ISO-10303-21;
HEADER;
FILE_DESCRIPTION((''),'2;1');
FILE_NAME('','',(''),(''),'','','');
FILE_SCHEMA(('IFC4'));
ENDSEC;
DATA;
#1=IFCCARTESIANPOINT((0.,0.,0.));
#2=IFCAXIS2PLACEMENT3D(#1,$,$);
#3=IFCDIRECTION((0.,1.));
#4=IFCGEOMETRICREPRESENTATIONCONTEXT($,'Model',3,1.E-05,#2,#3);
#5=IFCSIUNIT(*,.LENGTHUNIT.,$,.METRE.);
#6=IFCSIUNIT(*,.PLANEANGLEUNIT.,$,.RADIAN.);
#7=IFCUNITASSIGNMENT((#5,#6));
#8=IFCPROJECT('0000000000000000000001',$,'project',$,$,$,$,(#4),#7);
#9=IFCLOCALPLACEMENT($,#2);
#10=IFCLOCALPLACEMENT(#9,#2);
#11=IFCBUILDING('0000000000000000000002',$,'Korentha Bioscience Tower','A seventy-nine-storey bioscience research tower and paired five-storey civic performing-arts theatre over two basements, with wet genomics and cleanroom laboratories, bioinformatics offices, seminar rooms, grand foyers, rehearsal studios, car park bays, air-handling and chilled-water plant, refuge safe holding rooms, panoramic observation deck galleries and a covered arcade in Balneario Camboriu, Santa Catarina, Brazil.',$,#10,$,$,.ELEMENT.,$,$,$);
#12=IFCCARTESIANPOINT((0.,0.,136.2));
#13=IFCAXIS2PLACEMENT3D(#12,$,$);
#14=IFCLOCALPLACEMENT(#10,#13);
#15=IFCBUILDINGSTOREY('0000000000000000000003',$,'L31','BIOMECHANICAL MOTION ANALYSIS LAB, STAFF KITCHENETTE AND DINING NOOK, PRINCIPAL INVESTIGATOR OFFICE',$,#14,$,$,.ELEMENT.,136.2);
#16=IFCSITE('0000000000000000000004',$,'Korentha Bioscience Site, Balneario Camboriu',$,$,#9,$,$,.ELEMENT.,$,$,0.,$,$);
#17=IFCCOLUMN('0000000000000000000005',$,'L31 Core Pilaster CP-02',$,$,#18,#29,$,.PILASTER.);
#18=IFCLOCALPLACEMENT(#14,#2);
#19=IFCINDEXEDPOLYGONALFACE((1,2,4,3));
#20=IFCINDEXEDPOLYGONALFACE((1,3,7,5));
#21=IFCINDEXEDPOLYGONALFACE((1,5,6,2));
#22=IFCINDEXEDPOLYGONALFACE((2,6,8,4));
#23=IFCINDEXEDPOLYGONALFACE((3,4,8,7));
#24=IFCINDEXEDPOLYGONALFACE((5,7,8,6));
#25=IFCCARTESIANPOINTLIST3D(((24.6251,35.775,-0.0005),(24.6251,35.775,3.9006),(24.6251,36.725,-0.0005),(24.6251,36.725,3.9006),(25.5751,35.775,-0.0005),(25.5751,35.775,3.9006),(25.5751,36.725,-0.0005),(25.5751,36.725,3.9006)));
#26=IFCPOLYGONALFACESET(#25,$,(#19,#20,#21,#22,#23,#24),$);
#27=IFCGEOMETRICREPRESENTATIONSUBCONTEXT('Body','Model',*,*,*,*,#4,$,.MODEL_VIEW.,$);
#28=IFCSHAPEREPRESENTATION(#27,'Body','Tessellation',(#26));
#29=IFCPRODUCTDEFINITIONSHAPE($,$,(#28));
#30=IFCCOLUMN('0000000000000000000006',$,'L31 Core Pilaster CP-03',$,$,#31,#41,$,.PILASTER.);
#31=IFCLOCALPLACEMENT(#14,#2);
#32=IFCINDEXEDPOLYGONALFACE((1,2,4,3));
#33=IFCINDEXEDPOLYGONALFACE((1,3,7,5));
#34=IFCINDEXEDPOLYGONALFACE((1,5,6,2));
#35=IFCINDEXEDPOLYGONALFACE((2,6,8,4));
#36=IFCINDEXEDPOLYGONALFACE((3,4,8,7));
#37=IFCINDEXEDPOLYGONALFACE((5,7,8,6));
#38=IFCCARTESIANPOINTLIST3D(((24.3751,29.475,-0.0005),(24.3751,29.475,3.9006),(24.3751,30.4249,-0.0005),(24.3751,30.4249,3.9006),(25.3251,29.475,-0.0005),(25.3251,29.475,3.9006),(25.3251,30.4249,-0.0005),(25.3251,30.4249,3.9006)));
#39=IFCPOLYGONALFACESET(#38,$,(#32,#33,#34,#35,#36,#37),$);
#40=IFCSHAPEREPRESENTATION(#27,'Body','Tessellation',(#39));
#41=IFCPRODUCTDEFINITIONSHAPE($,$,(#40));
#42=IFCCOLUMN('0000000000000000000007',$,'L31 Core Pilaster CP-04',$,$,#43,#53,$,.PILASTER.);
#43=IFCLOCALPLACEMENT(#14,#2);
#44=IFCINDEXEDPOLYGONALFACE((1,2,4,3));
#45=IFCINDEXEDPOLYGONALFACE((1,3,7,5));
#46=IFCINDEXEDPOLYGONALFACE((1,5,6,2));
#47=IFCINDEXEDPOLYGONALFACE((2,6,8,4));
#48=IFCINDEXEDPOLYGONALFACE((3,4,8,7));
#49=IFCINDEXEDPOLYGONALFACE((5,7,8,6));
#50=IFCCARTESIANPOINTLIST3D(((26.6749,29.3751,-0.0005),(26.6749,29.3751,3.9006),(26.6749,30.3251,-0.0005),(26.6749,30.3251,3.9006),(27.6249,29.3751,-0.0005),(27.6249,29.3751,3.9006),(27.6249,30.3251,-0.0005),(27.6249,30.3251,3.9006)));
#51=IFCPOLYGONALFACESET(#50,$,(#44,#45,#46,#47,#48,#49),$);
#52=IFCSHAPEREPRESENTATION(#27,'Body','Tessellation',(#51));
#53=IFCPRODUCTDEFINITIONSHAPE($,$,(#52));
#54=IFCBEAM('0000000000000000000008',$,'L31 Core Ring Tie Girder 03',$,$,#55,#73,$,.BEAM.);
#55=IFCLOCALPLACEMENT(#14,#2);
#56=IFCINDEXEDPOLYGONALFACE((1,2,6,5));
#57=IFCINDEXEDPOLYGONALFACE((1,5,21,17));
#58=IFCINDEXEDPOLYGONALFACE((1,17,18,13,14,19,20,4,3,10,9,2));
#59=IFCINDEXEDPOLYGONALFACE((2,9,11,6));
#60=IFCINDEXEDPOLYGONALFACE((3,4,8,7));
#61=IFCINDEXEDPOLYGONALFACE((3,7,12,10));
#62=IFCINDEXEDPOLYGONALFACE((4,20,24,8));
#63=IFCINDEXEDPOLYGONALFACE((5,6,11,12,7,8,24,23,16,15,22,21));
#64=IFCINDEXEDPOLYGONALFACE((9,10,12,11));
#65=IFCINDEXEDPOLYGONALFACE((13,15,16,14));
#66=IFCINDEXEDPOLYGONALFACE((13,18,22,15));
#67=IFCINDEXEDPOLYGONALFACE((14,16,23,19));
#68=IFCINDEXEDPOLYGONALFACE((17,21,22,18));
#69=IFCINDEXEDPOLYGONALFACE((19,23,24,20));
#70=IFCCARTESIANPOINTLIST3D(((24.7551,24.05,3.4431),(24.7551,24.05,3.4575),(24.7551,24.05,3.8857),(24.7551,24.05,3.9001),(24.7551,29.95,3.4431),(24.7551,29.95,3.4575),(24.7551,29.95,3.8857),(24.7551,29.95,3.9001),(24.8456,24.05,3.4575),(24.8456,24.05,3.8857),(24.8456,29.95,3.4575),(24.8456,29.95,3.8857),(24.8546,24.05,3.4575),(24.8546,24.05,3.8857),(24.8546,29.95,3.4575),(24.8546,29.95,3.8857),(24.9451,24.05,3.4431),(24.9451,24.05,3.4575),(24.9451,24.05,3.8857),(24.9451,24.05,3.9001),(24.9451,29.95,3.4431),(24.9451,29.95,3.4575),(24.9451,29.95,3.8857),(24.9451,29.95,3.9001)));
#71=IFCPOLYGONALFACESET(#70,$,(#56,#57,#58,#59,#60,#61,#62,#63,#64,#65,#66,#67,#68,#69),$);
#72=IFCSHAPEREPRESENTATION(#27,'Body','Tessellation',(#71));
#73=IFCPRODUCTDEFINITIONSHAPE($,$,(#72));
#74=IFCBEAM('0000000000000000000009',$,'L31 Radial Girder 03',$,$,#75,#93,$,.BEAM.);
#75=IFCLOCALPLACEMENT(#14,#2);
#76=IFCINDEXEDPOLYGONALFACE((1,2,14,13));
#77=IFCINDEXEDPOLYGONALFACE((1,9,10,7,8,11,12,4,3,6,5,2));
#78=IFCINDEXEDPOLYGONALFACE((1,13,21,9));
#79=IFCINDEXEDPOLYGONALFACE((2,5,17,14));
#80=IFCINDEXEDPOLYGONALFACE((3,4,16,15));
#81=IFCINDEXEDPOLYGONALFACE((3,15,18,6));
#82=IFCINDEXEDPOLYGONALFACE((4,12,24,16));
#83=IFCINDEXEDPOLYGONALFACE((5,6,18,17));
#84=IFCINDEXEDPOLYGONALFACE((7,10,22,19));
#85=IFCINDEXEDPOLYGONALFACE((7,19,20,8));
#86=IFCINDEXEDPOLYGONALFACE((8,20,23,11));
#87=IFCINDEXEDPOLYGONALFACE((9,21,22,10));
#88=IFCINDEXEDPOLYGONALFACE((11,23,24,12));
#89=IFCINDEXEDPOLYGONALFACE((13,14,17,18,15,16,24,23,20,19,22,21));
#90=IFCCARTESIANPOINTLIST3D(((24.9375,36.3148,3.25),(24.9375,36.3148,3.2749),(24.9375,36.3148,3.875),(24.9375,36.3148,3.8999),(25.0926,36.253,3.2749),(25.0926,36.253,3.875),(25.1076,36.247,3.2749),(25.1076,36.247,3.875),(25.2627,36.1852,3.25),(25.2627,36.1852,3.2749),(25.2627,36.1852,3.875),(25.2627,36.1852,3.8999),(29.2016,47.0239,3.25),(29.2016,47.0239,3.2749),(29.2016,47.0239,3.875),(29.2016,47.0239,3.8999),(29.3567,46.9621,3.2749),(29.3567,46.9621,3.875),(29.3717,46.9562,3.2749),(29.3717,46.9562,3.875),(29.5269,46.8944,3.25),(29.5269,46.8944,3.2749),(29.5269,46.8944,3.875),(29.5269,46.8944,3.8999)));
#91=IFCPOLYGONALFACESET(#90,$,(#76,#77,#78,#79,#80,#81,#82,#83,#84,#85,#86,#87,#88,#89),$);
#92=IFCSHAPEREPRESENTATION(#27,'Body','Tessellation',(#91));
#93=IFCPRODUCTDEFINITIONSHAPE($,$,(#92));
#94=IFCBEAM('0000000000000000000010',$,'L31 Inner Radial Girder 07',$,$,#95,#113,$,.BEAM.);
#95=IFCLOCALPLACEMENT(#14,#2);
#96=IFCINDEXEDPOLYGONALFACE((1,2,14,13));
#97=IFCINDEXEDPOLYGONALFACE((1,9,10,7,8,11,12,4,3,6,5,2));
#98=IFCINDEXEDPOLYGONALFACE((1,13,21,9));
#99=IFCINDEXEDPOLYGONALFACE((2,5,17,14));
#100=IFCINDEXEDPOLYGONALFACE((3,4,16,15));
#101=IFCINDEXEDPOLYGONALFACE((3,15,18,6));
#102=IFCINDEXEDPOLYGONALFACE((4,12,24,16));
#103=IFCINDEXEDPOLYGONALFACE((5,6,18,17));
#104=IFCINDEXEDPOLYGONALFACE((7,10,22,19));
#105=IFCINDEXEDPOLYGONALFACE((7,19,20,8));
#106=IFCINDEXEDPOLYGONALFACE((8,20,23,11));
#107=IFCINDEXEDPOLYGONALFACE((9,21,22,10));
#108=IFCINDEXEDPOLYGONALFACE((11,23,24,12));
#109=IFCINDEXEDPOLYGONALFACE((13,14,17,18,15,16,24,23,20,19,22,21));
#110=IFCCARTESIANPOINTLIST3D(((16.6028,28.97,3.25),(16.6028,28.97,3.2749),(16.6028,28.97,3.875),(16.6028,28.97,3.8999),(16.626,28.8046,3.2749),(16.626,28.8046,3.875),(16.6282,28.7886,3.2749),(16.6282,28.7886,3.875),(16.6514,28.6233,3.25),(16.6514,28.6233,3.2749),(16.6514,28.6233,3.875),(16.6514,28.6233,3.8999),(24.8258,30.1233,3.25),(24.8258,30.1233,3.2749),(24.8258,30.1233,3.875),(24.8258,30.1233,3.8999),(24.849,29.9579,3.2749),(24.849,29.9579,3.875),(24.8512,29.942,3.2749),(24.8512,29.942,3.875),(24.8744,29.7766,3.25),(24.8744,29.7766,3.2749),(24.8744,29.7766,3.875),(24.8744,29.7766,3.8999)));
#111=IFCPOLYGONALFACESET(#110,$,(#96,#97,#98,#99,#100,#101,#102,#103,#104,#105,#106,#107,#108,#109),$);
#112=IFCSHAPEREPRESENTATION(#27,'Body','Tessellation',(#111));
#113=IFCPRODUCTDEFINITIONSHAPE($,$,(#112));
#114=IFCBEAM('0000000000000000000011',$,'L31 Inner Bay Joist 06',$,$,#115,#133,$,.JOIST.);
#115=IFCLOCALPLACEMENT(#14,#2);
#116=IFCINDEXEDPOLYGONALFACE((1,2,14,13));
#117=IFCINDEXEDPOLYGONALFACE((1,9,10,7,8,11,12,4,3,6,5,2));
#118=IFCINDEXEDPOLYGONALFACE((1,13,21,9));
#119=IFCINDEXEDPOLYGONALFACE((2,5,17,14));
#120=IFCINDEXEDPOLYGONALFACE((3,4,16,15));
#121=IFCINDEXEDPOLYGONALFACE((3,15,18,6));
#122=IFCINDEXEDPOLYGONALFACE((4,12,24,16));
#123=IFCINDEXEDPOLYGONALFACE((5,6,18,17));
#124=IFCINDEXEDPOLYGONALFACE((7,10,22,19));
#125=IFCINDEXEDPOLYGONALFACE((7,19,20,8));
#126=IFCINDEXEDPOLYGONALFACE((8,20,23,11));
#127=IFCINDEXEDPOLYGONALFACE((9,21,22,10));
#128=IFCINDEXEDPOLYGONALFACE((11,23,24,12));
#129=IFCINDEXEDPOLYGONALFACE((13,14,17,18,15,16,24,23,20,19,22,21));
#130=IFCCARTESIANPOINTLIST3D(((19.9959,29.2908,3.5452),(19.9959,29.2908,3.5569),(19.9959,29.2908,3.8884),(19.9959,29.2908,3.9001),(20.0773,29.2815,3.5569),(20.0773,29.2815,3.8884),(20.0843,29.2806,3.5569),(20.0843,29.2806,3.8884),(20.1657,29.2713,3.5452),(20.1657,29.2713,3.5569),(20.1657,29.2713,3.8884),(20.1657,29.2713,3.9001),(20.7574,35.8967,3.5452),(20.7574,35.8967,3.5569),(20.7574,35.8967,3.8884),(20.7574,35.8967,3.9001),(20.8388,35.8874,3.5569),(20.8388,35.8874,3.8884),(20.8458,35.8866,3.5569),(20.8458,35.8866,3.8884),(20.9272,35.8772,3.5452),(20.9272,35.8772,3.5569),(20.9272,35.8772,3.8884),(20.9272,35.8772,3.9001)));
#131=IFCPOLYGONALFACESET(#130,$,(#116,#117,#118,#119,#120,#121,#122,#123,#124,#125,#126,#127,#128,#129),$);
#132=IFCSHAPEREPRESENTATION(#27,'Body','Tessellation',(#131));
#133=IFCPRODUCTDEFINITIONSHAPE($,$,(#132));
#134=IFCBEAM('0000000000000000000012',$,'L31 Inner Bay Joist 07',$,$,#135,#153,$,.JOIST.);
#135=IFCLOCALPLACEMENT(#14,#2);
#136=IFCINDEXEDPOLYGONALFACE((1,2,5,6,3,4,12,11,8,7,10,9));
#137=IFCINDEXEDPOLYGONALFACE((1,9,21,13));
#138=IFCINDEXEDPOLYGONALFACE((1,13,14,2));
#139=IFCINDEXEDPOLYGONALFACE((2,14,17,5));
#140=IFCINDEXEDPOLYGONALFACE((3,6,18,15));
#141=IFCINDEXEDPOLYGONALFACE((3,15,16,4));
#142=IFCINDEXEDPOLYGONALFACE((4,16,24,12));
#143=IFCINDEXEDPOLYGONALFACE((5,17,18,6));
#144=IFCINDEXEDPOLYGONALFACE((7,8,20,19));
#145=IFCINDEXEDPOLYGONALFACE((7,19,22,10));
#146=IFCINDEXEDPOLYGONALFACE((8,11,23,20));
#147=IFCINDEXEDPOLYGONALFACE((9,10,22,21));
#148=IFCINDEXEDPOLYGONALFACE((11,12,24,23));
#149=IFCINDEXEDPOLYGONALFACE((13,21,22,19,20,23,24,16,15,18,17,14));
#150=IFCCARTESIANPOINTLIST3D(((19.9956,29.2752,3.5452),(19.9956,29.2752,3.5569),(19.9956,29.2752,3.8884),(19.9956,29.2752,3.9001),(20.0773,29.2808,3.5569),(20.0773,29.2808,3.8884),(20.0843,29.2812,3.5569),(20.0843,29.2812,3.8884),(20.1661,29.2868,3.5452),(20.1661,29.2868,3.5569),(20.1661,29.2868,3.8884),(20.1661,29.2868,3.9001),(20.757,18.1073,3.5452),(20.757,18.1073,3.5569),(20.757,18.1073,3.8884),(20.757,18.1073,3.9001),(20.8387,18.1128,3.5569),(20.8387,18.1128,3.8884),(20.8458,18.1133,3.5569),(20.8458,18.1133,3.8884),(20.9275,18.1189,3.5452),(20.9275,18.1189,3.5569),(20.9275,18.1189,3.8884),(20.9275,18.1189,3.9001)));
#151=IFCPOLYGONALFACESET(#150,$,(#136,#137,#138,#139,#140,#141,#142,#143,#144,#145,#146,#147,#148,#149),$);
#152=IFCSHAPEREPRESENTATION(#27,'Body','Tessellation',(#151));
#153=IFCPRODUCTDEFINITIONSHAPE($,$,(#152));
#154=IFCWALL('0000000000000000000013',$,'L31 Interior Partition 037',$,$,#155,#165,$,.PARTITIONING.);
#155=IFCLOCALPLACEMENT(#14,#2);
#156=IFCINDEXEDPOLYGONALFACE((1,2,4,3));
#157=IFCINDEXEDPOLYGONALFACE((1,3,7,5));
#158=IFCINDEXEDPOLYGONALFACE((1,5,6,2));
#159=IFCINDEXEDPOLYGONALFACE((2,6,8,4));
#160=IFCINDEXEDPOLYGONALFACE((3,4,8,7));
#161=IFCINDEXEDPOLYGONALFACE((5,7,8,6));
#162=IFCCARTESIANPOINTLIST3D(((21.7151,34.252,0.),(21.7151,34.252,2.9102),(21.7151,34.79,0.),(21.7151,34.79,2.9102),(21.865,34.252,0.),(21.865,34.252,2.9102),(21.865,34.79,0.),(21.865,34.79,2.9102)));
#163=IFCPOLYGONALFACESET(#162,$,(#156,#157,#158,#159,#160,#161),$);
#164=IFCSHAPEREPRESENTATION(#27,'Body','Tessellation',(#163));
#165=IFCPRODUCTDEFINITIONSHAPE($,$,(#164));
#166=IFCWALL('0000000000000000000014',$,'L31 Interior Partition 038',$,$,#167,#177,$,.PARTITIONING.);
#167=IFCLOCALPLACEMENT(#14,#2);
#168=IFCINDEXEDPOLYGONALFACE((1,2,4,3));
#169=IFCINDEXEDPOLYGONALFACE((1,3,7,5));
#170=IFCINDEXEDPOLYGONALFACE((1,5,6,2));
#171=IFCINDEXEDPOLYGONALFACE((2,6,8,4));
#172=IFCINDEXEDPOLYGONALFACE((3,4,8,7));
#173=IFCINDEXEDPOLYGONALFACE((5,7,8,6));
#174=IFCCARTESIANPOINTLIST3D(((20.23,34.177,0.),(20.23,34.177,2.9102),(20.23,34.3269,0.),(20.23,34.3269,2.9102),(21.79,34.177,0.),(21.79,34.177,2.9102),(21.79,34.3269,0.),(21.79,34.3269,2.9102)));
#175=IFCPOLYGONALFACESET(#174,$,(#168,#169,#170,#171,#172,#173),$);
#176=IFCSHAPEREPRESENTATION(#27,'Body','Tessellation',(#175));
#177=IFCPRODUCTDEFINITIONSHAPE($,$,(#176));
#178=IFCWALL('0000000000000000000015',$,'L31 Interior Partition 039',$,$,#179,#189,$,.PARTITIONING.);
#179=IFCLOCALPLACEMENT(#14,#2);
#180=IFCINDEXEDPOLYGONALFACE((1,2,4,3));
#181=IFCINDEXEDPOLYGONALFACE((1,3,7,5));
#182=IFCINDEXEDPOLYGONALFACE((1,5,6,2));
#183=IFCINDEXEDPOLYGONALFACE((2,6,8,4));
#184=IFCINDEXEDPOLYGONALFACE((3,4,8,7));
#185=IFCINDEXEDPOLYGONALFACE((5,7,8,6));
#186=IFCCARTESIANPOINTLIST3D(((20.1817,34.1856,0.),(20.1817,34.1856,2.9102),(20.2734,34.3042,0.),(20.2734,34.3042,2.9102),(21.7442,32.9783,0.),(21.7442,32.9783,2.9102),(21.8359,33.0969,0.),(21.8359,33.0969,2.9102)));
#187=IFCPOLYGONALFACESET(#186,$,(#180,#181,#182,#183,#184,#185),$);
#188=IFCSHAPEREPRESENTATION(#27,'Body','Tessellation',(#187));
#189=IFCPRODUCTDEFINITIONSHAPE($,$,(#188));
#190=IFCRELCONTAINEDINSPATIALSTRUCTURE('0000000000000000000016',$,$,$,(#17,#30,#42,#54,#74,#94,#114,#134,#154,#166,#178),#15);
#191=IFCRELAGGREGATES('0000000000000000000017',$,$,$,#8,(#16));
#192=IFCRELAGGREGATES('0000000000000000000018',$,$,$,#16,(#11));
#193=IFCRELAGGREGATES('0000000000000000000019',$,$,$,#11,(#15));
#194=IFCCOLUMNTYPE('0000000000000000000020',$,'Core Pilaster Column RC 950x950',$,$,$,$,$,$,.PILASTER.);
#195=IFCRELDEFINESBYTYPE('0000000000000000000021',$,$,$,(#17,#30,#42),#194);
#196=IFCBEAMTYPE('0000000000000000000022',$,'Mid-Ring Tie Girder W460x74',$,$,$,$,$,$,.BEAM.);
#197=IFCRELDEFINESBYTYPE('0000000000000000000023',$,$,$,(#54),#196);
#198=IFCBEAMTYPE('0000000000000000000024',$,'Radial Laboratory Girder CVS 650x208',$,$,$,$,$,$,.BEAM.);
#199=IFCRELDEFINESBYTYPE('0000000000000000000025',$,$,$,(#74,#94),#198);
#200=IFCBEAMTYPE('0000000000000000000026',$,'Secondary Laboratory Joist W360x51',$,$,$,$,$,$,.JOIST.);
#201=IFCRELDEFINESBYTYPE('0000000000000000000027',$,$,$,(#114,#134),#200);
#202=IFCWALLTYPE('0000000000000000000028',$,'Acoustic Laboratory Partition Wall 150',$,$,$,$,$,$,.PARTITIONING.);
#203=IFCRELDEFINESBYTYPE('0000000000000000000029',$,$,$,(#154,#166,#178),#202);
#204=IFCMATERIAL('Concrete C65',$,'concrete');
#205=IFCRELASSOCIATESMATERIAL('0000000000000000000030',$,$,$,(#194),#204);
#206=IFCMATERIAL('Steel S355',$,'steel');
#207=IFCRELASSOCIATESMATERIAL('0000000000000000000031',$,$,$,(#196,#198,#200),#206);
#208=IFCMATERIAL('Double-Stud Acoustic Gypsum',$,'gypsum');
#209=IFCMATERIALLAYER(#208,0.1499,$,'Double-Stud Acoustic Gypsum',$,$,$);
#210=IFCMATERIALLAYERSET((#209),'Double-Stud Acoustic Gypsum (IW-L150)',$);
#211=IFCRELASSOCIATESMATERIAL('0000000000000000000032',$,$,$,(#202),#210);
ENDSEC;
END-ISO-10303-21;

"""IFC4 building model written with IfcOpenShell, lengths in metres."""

from ifc_helpers import new_model, si_unit, direction, frame, frame_2d, origin, origin_2d, place, context, subcontext, project, spatial, rectangle, i_section, extrude, material, layer, layer_set, material_profile, profile_set, type_object, element, save


model = new_model("IFC4")

# Units and contexts
model_context = context("Model", 3, precision=1e-05, world=origin(), true_north=direction((0.0, 1.0)))
body_context = subcontext(model_context, "Body", "Model", "MODEL_VIEW")
ifc_project = project(units=[si_unit("LENGTHUNIT", "METRE"), si_unit("PLANEANGLEUNIT", "RADIAN")], contexts=[model_context])

# Site, building, storey
site_placement = place(None, origin())
site = spatial("IfcSite", under=ifc_project, at=site_placement, Name="Korentha Bioscience Site, Balneario Camboriu", CompositionType="ELEMENT", RefElevation=0.0)
building_placement = place(site_placement, origin())
building = spatial("IfcBuilding", under=site, at=building_placement, Name="Korentha Bioscience Tower", Description="A seventy-nine-storey bioscience research tower and paired five-storey civic performing-arts theatre over two basements, with wet genomics and cleanroom laboratories, bioinformatics offices, seminar rooms, grand foyers, rehearsal studios, car park bays, air-handling and chilled-water plant, refuge safe holding rooms, panoramic observation deck galleries and a covered arcade in Balneario Camboriu, Santa Catarina, Brazil.", CompositionType="ELEMENT")
storey_placement = place(building_placement, frame((0.0, 0.0, 136.2)))
storey = spatial("IfcBuildingStorey", under=building, at=storey_placement, Name="L31", Description="BIOMECHANICAL MOTION ANALYSIS LAB, STAFF KITCHENETTE AND DINING NOOK, PRINCIPAL INVESTIGATOR OFFICE", CompositionType="ELEMENT", Elevation=136.2)

# Columns
ifc_material_1 = material(Name="Concrete C65", Category="concrete")
ifc_material_profile_1 = material_profile(ifc_material_1, rectangle(XDim=0.95, YDim=0.95, at=origin_2d()), Name="Concrete C65")
ifc_profile_set_1 = profile_set([ifc_material_profile_1], Name="Concrete C65 (COL-CP09)")
column_type = type_object("IfcColumnType", Name="Core Pilaster Column RC 950x950", PredefinedType="PILASTER", material=ifc_profile_set_1)
for number, where, z_axis, x_axis, name in (
    (1, (25.1001, 36.25, -0.0005), (0.0, 0.0, 1.0), (1.0, 0.0, 0.0), "L31 Core Pilaster CP-02"),
    (2, (24.8501, 29.95, -0.0005), (0.0, 0.0, 1.0), (1.0, 0.0, 0.0), "L31 Core Pilaster CP-03"),
    (3, (27.1499, 29.8501, -0.0005), (0.0, 0.0, 1.0), (1.0, 0.0, 0.0), "L31 Core Pilaster CP-04"),
):
    element("IfcColumn", number, at=place(storey_placement, frame(where, z_axis=z_axis, x_axis=x_axis)), inside=storey, type_object=column_type, Name=name, PredefinedType="PILASTER", context=body_context, shape_type="SweptSolid", body=[
        extrude(rectangle(XDim=0.95, YDim=0.95, at=origin_2d()), origin(), (0.0, 0.0, 1.0), 3.9011),
    ])

# Beams
ifc_material_2 = material(Name="Steel S355", Category="steel")
ifc_material_profile_2 = material_profile(ifc_material_2, i_section(OverallWidth=0.1899, OverallDepth=0.457, WebThickness=0.009, FlangeThickness=0.0144, at=origin_2d()), Name="Steel S355")
ifc_profile_set_2 = profile_set([ifc_material_profile_2], Name="Steel S355 (MB-460)")
beam_type_1 = type_object("IfcBeamType", Name="Mid-Ring Tie Girder W460x74", PredefinedType="BEAM", material=ifc_profile_set_2)
beam_1_placement = place(storey_placement, frame((24.8501, 29.95, 3.6716), z_axis=(0.0, -1.0, 0.0), x_axis=(1.0, 0.0, 0.0)))
element("IfcBeam", 4, at=beam_1_placement, inside=storey, type_object=beam_type_1, Name="L31 Core Ring Tie Girder 03", PredefinedType="BEAM", context=body_context, shape_type="SweptSolid", body=[
    extrude(i_section(OverallWidth=0.1899, OverallDepth=0.457, WebThickness=0.009, FlangeThickness=0.0144, at=origin_2d()), origin(), (0.0, 0.0, 1.0), 5.8999),
])
ifc_material_profile_3 = material_profile(ifc_material_2, i_section(OverallWidth=0.3501, OverallDepth=0.6499, WebThickness=0.0161, FlangeThickness=0.0249, at=origin_2d()), Name="Steel S355")
ifc_profile_set_3 = profile_set([ifc_material_profile_3], Name="Steel S355 (RB-650)")
beam_type_2 = type_object("IfcBeamType", Name="Radial Laboratory Girder CVS 650x208", PredefinedType="BEAM", material=ifc_profile_set_3)
beam_2_placement = place(storey_placement, frame((25.1001, 36.25, 3.575), z_axis=(0.36993, 0.92906, 0.0), x_axis=(-0.92906, 0.36993, 0.0)))
element("IfcBeam", 5, at=beam_2_placement, inside=storey, type_object=beam_type_2, Name="L31 Radial Girder 03", PredefinedType="BEAM", context=body_context, shape_type="SweptSolid", body=[
    extrude(i_section(OverallWidth=0.3501, OverallDepth=0.6499, WebThickness=0.0161, FlangeThickness=0.0249, at=origin_2d()), origin(), (0.0, 0.0, 1.0), 11.5269),
])
beam_3_placement = place(storey_placement, frame((24.8501, 29.95, 3.575), z_axis=(-0.990307, -0.138898, 0.0), x_axis=(0.138898, -0.990307, 0.0)))
element("IfcBeam", 6, at=beam_3_placement, inside=storey, type_object=beam_type_2, Name="L31 Inner Radial Girder 07", PredefinedType="BEAM", context=body_context, shape_type="SweptSolid", body=[
    extrude(i_section(OverallWidth=0.3501, OverallDepth=0.6499, WebThickness=0.0161, FlangeThickness=0.0249, at=origin_2d()), origin(), (0.0, 0.0, 1.0), 8.3035),
])
ifc_material_profile_4 = material_profile(ifc_material_2, i_section(OverallWidth=0.1709, OverallDepth=0.355, WebThickness=0.0071, FlangeThickness=0.0117, at=origin_2d()), Name="Steel S355")
ifc_profile_set_4 = profile_set([ifc_material_profile_4], Name="Steel S355 (JB-360)")
beam_type_3 = type_object("IfcBeamType", Name="Secondary Laboratory Joist W360x51", PredefinedType="JOIST", material=ifc_profile_set_4)
beam_4_placement = place(storey_placement, frame((20.8423, 35.887, 3.7227), z_axis=(-0.114513, -0.993422, 0.0), x_axis=(0.993422, -0.114513, 0.0)))
element("IfcBeam", 7, at=beam_4_placement, inside=storey, type_object=beam_type_3, Name="L31 Inner Bay Joist 06", PredefinedType="JOIST", context=body_context, shape_type="SweptSolid", body=[
    extrude(i_section(OverallWidth=0.1709, OverallDepth=0.355, WebThickness=0.0071, FlangeThickness=0.0117, at=origin_2d()), origin(), (0.0, 0.0, 1.0), 6.6497),
])
beam_5_placement = place(storey_placement, frame((20.0808, 29.281, 3.7227), z_axis=(0.068026, -0.997684, 0.0), x_axis=(0.997684, 0.068026, 0.0)))
element("IfcBeam", 8, at=beam_5_placement, inside=storey, type_object=beam_type_3, Name="L31 Inner Bay Joist 07", PredefinedType="JOIST", context=body_context, shape_type="SweptSolid", body=[
    extrude(i_section(OverallWidth=0.1709, OverallDepth=0.355, WebThickness=0.0071, FlangeThickness=0.0117, at=origin_2d()), origin(), (0.0, 0.0, 1.0), 11.1938),
])

# Walls
ifc_material_3 = material(Name="Double-Stud Acoustic Gypsum", Category="gypsum")
ifc_layer_1 = layer(ifc_material_3, 0.1499, Name="Double-Stud Acoustic Gypsum")
ifc_layer_set_1 = layer_set([ifc_layer_1], Name="Double-Stud Acoustic Gypsum (IW-L150)")
wall_type_1 = type_object("IfcWallType", Name="Acoustic Laboratory Partition Wall 150", PredefinedType="PARTITIONING", material=ifc_layer_set_1)
wall_1_placement = place(storey_placement, frame((21.79, 34.79, 0.0), z_axis=(0.0, 0.0, 1.0), x_axis=(0.0, -1.0, 0.0)))
element("IfcWall", 9, at=wall_1_placement, inside=storey, type_object=wall_type_1, Name="L31 Interior Partition 037", PredefinedType="PARTITIONING", context=body_context, shape_type="SweptSolid", body=[
    extrude(rectangle(XDim=0.5381, YDim=0.1499, at=frame_2d((0.269, 0.0))), origin(), (0.0, 0.0, 1.0), 2.9102),
])
wall_2_placement = place(storey_placement, frame((21.79, 34.252, 0.0), z_axis=(0.0, 0.0, 1.0), x_axis=(-1.0, 0.0, 0.0)))
element("IfcWall", 10, at=wall_2_placement, inside=storey, type_object=wall_type_1, Name="L31 Interior Partition 038", PredefinedType="PARTITIONING", context=body_context, shape_type="SweptSolid", body=[
    extrude(rectangle(XDim=1.5601, YDim=0.1499, at=frame_2d((0.78, 0.0))), origin(), (0.0, 0.0, 1.0), 2.9102),
])
wall_3_placement = place(storey_placement, frame((20.2275, 34.2449, 0.0), z_axis=(0.0, 0.0, 1.0), x_axis=(0.791312, -0.611412, 0.0)))
element("IfcWall", 11, at=wall_3_placement, inside=storey, type_object=wall_type_1, Name="L31 Interior Partition 039", PredefinedType="PARTITIONING", context=body_context, shape_type="SweptSolid", body=[
    extrude(rectangle(XDim=1.9746, YDim=0.1499, at=frame_2d((0.9873, 0.0))), origin(), (0.0, 0.0, 1.0), 2.9102),
])

save(model, "model.ifc")
